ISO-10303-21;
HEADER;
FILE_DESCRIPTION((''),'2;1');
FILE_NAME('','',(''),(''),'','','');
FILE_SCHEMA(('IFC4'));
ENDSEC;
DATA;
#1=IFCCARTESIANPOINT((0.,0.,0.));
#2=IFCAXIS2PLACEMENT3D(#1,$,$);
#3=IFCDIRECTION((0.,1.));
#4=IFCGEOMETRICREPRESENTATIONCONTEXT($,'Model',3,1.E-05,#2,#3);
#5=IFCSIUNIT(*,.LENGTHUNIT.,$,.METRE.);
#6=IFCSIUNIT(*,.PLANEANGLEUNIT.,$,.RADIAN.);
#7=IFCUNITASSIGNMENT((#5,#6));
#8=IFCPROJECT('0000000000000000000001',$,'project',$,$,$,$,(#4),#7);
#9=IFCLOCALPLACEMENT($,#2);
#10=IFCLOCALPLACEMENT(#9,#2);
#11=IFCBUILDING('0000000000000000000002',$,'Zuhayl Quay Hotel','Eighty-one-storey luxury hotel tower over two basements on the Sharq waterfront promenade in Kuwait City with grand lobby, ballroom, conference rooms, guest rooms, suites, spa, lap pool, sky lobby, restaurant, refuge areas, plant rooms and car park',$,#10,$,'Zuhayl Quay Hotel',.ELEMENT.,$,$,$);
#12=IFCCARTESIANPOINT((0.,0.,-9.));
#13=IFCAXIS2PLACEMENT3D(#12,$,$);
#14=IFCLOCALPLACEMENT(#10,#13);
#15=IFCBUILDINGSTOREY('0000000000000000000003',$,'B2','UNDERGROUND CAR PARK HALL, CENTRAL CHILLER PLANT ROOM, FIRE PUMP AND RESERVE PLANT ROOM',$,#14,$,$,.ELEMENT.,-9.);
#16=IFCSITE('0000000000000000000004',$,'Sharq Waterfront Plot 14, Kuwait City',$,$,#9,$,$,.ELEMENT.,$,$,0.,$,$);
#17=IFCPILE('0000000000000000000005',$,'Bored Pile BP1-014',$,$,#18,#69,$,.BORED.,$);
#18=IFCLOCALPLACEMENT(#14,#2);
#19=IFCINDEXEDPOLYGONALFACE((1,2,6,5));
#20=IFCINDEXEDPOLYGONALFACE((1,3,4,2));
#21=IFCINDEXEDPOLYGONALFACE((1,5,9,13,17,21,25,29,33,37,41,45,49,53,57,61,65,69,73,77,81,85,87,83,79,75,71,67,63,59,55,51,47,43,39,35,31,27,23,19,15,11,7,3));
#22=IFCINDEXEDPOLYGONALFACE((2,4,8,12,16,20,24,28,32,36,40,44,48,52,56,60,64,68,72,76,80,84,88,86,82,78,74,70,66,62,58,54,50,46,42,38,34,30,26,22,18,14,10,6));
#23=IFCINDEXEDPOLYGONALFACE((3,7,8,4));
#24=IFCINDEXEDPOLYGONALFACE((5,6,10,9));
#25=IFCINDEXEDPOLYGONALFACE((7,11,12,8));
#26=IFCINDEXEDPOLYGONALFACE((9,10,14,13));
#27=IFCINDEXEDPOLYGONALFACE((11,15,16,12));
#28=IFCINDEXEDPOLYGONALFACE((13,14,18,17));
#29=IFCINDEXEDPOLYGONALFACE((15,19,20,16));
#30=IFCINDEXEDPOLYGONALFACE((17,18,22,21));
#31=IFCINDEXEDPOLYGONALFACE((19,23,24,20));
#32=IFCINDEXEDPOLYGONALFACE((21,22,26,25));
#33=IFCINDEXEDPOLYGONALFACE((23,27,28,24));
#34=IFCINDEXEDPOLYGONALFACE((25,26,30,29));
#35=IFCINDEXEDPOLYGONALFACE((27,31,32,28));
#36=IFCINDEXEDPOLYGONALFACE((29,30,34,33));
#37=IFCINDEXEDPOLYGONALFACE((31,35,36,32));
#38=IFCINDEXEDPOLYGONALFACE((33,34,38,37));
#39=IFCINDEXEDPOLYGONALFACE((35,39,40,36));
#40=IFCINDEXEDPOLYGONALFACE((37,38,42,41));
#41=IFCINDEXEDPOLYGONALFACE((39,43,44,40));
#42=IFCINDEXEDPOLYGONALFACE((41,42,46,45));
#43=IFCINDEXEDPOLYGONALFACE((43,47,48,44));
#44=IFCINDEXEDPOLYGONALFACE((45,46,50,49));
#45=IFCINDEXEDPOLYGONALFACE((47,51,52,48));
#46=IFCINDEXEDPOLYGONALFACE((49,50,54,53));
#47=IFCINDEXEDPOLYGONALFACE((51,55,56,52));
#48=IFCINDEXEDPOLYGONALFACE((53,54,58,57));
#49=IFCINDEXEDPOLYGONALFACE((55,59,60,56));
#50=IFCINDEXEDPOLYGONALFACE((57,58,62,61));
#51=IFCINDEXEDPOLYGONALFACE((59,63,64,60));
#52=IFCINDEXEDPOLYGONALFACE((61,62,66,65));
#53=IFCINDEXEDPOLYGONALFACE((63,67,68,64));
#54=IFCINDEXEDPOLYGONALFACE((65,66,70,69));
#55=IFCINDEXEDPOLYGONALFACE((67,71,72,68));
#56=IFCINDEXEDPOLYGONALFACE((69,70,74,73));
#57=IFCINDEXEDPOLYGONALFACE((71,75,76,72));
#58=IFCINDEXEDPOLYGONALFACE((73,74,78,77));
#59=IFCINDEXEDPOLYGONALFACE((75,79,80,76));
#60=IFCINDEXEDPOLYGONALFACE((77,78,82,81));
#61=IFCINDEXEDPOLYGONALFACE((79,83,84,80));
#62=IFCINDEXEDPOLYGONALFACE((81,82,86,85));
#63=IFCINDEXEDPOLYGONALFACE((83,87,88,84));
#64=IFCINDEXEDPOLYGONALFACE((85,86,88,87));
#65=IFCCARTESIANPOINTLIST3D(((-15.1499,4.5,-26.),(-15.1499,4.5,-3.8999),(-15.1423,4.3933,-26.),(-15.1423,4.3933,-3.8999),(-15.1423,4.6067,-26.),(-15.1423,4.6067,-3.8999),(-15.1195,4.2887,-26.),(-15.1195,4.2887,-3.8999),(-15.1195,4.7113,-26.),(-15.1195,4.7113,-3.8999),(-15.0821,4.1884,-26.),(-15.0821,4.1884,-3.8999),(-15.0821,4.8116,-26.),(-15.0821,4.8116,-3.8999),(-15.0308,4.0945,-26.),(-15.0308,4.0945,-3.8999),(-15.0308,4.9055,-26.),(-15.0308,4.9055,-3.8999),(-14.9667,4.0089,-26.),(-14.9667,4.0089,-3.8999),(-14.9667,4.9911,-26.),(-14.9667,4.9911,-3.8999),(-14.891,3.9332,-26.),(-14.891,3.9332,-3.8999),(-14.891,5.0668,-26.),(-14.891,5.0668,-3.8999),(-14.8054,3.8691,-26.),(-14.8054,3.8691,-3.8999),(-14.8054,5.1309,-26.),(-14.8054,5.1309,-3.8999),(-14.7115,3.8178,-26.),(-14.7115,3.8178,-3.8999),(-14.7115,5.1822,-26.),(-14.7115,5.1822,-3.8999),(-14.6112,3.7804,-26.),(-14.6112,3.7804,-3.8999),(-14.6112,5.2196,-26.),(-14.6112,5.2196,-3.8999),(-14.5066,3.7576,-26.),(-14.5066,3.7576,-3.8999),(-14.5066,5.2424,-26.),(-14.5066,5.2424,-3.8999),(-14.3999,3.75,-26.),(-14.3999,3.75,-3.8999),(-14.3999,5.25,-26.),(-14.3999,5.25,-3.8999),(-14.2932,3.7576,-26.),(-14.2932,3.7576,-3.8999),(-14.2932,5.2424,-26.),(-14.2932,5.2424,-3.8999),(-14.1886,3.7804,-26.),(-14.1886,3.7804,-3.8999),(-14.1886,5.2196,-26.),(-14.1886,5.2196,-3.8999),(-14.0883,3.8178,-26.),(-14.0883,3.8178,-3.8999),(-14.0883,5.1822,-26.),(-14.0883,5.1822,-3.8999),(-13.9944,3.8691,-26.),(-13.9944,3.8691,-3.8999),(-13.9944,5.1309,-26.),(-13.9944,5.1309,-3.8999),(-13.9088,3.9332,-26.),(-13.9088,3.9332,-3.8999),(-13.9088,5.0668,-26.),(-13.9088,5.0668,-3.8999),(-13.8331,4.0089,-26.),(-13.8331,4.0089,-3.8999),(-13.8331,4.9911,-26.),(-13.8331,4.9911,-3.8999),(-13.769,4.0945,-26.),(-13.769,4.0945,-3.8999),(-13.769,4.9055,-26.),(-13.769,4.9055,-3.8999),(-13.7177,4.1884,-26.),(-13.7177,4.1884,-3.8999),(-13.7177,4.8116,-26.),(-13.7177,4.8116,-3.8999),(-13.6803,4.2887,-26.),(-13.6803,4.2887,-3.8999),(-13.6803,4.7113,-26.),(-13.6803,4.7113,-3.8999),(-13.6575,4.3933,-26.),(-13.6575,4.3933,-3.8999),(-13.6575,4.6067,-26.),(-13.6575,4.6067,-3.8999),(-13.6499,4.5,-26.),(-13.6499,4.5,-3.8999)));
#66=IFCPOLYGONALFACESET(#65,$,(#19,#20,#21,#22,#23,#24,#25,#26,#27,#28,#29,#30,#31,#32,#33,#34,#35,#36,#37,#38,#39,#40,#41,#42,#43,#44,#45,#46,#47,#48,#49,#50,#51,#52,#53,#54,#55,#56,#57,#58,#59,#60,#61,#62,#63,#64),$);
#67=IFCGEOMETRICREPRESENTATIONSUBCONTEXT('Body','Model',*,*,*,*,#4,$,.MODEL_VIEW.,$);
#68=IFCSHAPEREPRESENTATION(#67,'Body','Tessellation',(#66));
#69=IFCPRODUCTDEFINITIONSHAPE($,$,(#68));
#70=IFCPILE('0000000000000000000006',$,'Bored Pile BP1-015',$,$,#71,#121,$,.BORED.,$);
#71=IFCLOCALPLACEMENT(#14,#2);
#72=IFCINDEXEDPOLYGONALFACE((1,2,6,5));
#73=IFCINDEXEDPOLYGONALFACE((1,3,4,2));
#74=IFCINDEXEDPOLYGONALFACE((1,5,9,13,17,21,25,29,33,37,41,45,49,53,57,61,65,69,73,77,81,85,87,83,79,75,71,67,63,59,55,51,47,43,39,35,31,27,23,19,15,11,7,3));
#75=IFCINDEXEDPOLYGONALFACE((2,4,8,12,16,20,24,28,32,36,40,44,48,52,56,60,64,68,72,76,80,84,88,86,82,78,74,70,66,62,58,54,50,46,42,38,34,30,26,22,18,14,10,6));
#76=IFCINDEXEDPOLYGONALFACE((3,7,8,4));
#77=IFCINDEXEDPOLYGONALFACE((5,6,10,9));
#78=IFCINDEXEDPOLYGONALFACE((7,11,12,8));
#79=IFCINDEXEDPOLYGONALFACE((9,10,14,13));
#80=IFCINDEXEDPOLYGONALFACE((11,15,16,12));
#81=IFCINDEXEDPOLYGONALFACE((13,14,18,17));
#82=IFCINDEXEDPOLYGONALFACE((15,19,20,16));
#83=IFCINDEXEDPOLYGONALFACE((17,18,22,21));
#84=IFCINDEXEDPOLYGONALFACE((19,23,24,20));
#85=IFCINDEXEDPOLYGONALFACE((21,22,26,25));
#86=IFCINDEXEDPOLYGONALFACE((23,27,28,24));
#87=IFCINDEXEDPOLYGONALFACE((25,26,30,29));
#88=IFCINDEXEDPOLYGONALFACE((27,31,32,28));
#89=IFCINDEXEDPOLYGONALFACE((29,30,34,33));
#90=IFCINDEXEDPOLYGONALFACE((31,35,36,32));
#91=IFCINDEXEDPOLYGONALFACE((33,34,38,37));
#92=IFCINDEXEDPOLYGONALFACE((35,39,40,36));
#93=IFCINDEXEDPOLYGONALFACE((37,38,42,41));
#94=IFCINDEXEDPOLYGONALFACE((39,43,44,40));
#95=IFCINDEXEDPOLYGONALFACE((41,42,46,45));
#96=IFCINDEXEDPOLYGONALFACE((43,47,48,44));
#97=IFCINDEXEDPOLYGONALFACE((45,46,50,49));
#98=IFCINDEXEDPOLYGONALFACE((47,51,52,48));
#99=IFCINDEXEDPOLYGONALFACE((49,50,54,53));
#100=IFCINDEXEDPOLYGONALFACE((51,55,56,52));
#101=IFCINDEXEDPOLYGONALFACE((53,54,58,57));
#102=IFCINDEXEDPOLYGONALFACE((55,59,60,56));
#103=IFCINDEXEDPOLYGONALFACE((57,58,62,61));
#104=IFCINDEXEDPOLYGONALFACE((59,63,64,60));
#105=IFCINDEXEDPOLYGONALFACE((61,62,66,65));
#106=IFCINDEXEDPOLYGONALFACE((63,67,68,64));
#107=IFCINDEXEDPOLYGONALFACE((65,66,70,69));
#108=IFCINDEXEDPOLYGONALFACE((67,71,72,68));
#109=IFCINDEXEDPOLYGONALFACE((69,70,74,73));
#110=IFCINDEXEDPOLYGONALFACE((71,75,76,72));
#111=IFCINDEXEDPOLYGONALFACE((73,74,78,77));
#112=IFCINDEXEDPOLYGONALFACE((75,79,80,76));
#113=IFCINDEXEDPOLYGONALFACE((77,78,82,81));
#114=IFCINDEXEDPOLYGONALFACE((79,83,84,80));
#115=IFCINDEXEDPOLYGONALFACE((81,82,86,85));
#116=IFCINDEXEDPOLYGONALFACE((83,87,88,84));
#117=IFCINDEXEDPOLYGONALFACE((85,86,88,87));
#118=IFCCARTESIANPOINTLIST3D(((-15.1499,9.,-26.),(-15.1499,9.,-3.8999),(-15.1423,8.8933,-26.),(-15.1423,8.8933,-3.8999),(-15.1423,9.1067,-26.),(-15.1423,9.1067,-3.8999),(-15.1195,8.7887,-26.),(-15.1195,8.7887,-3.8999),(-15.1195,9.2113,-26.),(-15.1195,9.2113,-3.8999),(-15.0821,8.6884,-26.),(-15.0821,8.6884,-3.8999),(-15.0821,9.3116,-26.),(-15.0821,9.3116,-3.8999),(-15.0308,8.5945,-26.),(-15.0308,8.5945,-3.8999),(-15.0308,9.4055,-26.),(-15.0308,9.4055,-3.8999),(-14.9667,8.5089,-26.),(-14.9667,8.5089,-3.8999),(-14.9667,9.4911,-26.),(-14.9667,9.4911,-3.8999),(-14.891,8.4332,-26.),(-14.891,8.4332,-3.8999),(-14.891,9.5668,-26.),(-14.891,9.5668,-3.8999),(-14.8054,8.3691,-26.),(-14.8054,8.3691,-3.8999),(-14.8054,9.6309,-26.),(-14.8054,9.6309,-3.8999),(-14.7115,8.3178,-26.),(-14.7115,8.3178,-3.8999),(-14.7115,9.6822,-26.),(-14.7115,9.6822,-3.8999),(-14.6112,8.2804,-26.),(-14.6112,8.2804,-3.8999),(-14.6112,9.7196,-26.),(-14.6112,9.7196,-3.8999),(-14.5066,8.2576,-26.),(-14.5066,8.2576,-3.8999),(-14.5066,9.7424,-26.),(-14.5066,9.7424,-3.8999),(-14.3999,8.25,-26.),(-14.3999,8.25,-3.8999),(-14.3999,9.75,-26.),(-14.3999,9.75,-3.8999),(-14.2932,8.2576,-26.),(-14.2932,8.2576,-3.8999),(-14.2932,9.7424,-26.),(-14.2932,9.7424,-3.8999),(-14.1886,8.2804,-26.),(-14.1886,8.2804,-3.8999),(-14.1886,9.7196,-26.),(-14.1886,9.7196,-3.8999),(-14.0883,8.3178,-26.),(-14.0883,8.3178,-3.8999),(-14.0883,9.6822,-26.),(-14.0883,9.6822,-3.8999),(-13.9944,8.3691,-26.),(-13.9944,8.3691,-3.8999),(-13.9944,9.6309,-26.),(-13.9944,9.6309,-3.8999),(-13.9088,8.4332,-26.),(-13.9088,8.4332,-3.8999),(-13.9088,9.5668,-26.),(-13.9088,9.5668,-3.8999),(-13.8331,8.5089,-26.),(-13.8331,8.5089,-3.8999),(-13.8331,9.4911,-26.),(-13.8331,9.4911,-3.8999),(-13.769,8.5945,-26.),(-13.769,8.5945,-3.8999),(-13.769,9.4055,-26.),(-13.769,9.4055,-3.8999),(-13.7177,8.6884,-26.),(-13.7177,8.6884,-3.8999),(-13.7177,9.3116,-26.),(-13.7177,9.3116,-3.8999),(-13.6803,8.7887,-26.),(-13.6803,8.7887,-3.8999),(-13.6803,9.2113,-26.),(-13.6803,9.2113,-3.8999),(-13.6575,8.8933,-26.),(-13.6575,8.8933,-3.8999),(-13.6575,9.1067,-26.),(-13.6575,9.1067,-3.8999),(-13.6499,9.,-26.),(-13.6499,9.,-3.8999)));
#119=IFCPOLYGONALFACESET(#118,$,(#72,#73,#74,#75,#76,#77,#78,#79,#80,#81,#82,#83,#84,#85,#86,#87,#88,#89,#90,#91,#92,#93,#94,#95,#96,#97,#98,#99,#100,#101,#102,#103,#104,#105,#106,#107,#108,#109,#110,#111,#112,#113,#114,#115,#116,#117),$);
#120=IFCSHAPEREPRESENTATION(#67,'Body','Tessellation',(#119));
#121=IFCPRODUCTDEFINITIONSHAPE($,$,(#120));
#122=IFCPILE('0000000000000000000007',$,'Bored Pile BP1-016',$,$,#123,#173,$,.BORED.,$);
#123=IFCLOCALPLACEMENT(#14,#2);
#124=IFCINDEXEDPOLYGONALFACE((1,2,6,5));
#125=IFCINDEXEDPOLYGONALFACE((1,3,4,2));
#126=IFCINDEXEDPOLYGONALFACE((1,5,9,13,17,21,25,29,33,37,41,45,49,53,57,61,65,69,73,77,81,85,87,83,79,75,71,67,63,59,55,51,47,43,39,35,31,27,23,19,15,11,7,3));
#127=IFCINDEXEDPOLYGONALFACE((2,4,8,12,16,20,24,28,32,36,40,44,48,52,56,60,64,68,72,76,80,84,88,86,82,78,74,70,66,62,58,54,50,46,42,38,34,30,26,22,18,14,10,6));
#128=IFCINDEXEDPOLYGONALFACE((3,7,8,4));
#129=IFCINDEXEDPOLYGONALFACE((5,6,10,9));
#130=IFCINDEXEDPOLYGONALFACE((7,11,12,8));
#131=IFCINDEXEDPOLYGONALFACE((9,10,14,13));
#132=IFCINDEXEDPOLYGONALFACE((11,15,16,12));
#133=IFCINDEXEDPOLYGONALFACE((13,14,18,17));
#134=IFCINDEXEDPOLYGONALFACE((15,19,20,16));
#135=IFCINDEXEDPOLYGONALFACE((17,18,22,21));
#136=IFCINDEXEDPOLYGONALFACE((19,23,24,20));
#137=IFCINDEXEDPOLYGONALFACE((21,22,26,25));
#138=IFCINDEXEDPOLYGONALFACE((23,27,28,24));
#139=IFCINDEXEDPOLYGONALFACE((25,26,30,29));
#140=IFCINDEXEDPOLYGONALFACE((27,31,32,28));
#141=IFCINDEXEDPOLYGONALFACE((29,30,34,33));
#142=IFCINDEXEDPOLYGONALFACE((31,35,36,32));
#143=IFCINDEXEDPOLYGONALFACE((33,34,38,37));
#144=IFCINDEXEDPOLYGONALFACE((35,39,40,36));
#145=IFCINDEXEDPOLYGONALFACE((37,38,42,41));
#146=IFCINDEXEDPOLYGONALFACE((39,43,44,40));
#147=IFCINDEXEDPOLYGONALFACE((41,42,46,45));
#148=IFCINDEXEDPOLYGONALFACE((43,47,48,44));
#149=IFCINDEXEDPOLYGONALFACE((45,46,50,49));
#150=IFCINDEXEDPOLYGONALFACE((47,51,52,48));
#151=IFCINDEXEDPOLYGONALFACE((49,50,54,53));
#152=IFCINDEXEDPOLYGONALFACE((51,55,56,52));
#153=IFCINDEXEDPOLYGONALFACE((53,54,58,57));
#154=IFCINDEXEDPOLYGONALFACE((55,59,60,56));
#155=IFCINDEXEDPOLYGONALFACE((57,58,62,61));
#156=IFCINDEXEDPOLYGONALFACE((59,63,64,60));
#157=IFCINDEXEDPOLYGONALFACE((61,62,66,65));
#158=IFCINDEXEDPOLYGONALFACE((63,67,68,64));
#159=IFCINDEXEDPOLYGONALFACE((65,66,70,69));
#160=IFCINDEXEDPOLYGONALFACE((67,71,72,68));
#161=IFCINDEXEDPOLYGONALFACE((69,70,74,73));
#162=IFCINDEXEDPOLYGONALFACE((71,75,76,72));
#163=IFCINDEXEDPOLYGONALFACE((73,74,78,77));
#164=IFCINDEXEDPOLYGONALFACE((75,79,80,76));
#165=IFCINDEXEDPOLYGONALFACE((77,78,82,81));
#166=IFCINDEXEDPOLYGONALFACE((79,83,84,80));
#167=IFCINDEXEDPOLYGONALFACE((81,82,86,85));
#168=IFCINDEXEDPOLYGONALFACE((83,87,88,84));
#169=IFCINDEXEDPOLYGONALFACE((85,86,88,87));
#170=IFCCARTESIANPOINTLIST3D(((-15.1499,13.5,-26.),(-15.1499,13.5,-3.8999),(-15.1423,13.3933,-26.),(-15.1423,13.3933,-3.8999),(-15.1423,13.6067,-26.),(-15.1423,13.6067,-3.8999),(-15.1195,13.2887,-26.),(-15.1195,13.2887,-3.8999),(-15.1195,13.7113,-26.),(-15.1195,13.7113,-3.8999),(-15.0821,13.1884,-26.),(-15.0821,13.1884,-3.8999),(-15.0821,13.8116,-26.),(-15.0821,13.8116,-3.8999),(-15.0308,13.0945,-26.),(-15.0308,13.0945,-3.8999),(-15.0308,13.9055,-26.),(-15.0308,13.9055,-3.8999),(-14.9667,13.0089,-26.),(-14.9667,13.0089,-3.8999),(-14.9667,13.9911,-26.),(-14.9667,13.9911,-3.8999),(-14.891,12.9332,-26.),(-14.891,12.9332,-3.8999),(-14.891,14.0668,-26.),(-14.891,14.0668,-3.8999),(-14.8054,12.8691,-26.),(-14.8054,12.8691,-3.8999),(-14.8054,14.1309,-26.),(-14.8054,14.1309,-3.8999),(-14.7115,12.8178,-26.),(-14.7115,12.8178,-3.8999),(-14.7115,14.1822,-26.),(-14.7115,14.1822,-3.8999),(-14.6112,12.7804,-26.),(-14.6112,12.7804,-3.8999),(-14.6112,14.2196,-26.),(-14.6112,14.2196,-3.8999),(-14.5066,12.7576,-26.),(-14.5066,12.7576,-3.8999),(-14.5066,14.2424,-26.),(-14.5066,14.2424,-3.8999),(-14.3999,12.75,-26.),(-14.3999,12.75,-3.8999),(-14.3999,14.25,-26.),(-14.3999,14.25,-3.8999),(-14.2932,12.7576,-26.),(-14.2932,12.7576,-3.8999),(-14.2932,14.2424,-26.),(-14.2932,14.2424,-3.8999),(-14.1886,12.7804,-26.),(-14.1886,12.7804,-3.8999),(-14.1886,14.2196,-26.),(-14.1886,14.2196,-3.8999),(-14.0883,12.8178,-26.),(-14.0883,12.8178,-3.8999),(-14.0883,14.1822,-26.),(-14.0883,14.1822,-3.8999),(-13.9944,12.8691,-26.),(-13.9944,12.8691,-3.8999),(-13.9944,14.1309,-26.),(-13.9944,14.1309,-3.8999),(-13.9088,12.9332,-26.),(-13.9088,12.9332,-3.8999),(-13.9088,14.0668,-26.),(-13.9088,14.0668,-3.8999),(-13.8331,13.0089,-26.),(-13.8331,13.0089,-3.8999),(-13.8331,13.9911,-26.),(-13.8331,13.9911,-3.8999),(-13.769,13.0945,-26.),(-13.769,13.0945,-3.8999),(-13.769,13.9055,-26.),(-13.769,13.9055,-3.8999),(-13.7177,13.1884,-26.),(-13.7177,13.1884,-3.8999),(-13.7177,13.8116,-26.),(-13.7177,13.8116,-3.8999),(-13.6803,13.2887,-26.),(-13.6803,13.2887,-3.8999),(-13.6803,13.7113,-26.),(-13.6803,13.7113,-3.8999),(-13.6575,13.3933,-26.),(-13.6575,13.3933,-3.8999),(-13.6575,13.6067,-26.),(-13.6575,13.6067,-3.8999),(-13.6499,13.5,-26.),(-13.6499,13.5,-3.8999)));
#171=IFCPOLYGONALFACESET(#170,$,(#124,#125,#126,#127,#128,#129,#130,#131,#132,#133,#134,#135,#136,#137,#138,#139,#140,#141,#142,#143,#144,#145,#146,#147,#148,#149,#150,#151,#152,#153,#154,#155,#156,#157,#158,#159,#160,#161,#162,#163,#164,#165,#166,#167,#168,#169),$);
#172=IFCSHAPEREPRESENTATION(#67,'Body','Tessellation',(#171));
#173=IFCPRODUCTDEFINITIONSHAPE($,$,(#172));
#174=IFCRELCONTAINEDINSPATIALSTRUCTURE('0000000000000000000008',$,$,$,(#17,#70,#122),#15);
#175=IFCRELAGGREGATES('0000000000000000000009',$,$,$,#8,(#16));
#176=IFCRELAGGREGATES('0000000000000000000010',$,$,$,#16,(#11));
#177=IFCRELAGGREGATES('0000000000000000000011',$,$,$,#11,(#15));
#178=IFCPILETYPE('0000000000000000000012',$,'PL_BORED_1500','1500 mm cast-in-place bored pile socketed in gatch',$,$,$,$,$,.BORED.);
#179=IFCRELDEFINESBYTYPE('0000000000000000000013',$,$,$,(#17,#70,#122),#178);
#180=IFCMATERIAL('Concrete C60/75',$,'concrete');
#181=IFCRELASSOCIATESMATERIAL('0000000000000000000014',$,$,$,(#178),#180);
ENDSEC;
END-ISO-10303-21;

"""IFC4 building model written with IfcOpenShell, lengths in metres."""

from ifc_helpers import new_model, si_unit, direction, frame, origin, origin_2d, place, context, subcontext, project, spatial, circle, extrude, material, material_profile, profile_set, type_object, element, save


model = new_model("IFC4")

# Units and contexts
model_context = context("Model", 3, precision=1e-05, world=origin(), true_north=direction((0.0, 1.0)))
body_context = subcontext(model_context, "Body", "Model", "MODEL_VIEW")
ifc_project = project(units=[si_unit("LENGTHUNIT", "METRE"), si_unit("PLANEANGLEUNIT", "RADIAN")], contexts=[model_context])

# Site, building, storey
site_placement = place(None, origin())
site = spatial("IfcSite", under=ifc_project, at=site_placement, Name="Sharq Waterfront Plot 14, Kuwait City", CompositionType="ELEMENT", RefElevation=0.0)
building_placement = place(site_placement, origin())
building = spatial("IfcBuilding", under=site, at=building_placement, Name="Zuhayl Quay Hotel", Description="Eighty-one-storey luxury hotel tower over two basements on the Sharq waterfront promenade in Kuwait City with grand lobby, ballroom, conference rooms, guest rooms, suites, spa, lap pool, sky lobby, restaurant, refuge areas, plant rooms and car park", LongName="Zuhayl Quay Hotel", CompositionType="ELEMENT")
storey_placement = place(building_placement, frame((0.0, 0.0, -9.0)))
storey = spatial("IfcBuildingStorey", under=building, at=storey_placement, Name="B2", Description="UNDERGROUND CAR PARK HALL, CENTRAL CHILLER PLANT ROOM, FIRE PUMP AND RESERVE PLANT ROOM", CompositionType="ELEMENT", Elevation=-9.0)

# Piles
ifc_material_1 = material(Name="Concrete C60/75", Category="concrete")
ifc_material_profile_1 = material_profile(ifc_material_1, circle(Radius=0.75, at=origin_2d()), Name="PILE1500")
ifc_profile_set_1 = profile_set([ifc_material_profile_1], Name="Concrete C60/75")
pile_type = type_object("IfcPileType", Name="PL_BORED_1500", Description="1500 mm cast-in-place bored pile socketed in gatch", PredefinedType="BORED", material=ifc_profile_set_1)
for number, where, z_axis, x_axis, name in (
    (1, (-14.3999, 4.5, -3.8999), (0.0, 0.0, -1.0), (1.0, 0.0, 0.0), "Bored Pile BP1-014"),
    (2, (-14.3999, 9.0, -3.8999), (0.0, 0.0, -1.0), (1.0, 0.0, 0.0), "Bored Pile BP1-015"),
    (3, (-14.3999, 13.5, -3.8999), (0.0, 0.0, -1.0), (1.0, 0.0, 0.0), "Bored Pile BP1-016"),
):
    element("IfcPile", number, at=place(storey_placement, frame(where, z_axis=z_axis, x_axis=x_axis)), inside=storey, type_object=pile_type, Name=name, PredefinedType="BORED", context=body_context, shape_type="SweptSolid", body=[
        extrude(circle(Radius=0.75, at=origin_2d()), origin(), (0.0, 0.0, 1.0), 22.1001),
    ])

save(model, "model.ifc")
